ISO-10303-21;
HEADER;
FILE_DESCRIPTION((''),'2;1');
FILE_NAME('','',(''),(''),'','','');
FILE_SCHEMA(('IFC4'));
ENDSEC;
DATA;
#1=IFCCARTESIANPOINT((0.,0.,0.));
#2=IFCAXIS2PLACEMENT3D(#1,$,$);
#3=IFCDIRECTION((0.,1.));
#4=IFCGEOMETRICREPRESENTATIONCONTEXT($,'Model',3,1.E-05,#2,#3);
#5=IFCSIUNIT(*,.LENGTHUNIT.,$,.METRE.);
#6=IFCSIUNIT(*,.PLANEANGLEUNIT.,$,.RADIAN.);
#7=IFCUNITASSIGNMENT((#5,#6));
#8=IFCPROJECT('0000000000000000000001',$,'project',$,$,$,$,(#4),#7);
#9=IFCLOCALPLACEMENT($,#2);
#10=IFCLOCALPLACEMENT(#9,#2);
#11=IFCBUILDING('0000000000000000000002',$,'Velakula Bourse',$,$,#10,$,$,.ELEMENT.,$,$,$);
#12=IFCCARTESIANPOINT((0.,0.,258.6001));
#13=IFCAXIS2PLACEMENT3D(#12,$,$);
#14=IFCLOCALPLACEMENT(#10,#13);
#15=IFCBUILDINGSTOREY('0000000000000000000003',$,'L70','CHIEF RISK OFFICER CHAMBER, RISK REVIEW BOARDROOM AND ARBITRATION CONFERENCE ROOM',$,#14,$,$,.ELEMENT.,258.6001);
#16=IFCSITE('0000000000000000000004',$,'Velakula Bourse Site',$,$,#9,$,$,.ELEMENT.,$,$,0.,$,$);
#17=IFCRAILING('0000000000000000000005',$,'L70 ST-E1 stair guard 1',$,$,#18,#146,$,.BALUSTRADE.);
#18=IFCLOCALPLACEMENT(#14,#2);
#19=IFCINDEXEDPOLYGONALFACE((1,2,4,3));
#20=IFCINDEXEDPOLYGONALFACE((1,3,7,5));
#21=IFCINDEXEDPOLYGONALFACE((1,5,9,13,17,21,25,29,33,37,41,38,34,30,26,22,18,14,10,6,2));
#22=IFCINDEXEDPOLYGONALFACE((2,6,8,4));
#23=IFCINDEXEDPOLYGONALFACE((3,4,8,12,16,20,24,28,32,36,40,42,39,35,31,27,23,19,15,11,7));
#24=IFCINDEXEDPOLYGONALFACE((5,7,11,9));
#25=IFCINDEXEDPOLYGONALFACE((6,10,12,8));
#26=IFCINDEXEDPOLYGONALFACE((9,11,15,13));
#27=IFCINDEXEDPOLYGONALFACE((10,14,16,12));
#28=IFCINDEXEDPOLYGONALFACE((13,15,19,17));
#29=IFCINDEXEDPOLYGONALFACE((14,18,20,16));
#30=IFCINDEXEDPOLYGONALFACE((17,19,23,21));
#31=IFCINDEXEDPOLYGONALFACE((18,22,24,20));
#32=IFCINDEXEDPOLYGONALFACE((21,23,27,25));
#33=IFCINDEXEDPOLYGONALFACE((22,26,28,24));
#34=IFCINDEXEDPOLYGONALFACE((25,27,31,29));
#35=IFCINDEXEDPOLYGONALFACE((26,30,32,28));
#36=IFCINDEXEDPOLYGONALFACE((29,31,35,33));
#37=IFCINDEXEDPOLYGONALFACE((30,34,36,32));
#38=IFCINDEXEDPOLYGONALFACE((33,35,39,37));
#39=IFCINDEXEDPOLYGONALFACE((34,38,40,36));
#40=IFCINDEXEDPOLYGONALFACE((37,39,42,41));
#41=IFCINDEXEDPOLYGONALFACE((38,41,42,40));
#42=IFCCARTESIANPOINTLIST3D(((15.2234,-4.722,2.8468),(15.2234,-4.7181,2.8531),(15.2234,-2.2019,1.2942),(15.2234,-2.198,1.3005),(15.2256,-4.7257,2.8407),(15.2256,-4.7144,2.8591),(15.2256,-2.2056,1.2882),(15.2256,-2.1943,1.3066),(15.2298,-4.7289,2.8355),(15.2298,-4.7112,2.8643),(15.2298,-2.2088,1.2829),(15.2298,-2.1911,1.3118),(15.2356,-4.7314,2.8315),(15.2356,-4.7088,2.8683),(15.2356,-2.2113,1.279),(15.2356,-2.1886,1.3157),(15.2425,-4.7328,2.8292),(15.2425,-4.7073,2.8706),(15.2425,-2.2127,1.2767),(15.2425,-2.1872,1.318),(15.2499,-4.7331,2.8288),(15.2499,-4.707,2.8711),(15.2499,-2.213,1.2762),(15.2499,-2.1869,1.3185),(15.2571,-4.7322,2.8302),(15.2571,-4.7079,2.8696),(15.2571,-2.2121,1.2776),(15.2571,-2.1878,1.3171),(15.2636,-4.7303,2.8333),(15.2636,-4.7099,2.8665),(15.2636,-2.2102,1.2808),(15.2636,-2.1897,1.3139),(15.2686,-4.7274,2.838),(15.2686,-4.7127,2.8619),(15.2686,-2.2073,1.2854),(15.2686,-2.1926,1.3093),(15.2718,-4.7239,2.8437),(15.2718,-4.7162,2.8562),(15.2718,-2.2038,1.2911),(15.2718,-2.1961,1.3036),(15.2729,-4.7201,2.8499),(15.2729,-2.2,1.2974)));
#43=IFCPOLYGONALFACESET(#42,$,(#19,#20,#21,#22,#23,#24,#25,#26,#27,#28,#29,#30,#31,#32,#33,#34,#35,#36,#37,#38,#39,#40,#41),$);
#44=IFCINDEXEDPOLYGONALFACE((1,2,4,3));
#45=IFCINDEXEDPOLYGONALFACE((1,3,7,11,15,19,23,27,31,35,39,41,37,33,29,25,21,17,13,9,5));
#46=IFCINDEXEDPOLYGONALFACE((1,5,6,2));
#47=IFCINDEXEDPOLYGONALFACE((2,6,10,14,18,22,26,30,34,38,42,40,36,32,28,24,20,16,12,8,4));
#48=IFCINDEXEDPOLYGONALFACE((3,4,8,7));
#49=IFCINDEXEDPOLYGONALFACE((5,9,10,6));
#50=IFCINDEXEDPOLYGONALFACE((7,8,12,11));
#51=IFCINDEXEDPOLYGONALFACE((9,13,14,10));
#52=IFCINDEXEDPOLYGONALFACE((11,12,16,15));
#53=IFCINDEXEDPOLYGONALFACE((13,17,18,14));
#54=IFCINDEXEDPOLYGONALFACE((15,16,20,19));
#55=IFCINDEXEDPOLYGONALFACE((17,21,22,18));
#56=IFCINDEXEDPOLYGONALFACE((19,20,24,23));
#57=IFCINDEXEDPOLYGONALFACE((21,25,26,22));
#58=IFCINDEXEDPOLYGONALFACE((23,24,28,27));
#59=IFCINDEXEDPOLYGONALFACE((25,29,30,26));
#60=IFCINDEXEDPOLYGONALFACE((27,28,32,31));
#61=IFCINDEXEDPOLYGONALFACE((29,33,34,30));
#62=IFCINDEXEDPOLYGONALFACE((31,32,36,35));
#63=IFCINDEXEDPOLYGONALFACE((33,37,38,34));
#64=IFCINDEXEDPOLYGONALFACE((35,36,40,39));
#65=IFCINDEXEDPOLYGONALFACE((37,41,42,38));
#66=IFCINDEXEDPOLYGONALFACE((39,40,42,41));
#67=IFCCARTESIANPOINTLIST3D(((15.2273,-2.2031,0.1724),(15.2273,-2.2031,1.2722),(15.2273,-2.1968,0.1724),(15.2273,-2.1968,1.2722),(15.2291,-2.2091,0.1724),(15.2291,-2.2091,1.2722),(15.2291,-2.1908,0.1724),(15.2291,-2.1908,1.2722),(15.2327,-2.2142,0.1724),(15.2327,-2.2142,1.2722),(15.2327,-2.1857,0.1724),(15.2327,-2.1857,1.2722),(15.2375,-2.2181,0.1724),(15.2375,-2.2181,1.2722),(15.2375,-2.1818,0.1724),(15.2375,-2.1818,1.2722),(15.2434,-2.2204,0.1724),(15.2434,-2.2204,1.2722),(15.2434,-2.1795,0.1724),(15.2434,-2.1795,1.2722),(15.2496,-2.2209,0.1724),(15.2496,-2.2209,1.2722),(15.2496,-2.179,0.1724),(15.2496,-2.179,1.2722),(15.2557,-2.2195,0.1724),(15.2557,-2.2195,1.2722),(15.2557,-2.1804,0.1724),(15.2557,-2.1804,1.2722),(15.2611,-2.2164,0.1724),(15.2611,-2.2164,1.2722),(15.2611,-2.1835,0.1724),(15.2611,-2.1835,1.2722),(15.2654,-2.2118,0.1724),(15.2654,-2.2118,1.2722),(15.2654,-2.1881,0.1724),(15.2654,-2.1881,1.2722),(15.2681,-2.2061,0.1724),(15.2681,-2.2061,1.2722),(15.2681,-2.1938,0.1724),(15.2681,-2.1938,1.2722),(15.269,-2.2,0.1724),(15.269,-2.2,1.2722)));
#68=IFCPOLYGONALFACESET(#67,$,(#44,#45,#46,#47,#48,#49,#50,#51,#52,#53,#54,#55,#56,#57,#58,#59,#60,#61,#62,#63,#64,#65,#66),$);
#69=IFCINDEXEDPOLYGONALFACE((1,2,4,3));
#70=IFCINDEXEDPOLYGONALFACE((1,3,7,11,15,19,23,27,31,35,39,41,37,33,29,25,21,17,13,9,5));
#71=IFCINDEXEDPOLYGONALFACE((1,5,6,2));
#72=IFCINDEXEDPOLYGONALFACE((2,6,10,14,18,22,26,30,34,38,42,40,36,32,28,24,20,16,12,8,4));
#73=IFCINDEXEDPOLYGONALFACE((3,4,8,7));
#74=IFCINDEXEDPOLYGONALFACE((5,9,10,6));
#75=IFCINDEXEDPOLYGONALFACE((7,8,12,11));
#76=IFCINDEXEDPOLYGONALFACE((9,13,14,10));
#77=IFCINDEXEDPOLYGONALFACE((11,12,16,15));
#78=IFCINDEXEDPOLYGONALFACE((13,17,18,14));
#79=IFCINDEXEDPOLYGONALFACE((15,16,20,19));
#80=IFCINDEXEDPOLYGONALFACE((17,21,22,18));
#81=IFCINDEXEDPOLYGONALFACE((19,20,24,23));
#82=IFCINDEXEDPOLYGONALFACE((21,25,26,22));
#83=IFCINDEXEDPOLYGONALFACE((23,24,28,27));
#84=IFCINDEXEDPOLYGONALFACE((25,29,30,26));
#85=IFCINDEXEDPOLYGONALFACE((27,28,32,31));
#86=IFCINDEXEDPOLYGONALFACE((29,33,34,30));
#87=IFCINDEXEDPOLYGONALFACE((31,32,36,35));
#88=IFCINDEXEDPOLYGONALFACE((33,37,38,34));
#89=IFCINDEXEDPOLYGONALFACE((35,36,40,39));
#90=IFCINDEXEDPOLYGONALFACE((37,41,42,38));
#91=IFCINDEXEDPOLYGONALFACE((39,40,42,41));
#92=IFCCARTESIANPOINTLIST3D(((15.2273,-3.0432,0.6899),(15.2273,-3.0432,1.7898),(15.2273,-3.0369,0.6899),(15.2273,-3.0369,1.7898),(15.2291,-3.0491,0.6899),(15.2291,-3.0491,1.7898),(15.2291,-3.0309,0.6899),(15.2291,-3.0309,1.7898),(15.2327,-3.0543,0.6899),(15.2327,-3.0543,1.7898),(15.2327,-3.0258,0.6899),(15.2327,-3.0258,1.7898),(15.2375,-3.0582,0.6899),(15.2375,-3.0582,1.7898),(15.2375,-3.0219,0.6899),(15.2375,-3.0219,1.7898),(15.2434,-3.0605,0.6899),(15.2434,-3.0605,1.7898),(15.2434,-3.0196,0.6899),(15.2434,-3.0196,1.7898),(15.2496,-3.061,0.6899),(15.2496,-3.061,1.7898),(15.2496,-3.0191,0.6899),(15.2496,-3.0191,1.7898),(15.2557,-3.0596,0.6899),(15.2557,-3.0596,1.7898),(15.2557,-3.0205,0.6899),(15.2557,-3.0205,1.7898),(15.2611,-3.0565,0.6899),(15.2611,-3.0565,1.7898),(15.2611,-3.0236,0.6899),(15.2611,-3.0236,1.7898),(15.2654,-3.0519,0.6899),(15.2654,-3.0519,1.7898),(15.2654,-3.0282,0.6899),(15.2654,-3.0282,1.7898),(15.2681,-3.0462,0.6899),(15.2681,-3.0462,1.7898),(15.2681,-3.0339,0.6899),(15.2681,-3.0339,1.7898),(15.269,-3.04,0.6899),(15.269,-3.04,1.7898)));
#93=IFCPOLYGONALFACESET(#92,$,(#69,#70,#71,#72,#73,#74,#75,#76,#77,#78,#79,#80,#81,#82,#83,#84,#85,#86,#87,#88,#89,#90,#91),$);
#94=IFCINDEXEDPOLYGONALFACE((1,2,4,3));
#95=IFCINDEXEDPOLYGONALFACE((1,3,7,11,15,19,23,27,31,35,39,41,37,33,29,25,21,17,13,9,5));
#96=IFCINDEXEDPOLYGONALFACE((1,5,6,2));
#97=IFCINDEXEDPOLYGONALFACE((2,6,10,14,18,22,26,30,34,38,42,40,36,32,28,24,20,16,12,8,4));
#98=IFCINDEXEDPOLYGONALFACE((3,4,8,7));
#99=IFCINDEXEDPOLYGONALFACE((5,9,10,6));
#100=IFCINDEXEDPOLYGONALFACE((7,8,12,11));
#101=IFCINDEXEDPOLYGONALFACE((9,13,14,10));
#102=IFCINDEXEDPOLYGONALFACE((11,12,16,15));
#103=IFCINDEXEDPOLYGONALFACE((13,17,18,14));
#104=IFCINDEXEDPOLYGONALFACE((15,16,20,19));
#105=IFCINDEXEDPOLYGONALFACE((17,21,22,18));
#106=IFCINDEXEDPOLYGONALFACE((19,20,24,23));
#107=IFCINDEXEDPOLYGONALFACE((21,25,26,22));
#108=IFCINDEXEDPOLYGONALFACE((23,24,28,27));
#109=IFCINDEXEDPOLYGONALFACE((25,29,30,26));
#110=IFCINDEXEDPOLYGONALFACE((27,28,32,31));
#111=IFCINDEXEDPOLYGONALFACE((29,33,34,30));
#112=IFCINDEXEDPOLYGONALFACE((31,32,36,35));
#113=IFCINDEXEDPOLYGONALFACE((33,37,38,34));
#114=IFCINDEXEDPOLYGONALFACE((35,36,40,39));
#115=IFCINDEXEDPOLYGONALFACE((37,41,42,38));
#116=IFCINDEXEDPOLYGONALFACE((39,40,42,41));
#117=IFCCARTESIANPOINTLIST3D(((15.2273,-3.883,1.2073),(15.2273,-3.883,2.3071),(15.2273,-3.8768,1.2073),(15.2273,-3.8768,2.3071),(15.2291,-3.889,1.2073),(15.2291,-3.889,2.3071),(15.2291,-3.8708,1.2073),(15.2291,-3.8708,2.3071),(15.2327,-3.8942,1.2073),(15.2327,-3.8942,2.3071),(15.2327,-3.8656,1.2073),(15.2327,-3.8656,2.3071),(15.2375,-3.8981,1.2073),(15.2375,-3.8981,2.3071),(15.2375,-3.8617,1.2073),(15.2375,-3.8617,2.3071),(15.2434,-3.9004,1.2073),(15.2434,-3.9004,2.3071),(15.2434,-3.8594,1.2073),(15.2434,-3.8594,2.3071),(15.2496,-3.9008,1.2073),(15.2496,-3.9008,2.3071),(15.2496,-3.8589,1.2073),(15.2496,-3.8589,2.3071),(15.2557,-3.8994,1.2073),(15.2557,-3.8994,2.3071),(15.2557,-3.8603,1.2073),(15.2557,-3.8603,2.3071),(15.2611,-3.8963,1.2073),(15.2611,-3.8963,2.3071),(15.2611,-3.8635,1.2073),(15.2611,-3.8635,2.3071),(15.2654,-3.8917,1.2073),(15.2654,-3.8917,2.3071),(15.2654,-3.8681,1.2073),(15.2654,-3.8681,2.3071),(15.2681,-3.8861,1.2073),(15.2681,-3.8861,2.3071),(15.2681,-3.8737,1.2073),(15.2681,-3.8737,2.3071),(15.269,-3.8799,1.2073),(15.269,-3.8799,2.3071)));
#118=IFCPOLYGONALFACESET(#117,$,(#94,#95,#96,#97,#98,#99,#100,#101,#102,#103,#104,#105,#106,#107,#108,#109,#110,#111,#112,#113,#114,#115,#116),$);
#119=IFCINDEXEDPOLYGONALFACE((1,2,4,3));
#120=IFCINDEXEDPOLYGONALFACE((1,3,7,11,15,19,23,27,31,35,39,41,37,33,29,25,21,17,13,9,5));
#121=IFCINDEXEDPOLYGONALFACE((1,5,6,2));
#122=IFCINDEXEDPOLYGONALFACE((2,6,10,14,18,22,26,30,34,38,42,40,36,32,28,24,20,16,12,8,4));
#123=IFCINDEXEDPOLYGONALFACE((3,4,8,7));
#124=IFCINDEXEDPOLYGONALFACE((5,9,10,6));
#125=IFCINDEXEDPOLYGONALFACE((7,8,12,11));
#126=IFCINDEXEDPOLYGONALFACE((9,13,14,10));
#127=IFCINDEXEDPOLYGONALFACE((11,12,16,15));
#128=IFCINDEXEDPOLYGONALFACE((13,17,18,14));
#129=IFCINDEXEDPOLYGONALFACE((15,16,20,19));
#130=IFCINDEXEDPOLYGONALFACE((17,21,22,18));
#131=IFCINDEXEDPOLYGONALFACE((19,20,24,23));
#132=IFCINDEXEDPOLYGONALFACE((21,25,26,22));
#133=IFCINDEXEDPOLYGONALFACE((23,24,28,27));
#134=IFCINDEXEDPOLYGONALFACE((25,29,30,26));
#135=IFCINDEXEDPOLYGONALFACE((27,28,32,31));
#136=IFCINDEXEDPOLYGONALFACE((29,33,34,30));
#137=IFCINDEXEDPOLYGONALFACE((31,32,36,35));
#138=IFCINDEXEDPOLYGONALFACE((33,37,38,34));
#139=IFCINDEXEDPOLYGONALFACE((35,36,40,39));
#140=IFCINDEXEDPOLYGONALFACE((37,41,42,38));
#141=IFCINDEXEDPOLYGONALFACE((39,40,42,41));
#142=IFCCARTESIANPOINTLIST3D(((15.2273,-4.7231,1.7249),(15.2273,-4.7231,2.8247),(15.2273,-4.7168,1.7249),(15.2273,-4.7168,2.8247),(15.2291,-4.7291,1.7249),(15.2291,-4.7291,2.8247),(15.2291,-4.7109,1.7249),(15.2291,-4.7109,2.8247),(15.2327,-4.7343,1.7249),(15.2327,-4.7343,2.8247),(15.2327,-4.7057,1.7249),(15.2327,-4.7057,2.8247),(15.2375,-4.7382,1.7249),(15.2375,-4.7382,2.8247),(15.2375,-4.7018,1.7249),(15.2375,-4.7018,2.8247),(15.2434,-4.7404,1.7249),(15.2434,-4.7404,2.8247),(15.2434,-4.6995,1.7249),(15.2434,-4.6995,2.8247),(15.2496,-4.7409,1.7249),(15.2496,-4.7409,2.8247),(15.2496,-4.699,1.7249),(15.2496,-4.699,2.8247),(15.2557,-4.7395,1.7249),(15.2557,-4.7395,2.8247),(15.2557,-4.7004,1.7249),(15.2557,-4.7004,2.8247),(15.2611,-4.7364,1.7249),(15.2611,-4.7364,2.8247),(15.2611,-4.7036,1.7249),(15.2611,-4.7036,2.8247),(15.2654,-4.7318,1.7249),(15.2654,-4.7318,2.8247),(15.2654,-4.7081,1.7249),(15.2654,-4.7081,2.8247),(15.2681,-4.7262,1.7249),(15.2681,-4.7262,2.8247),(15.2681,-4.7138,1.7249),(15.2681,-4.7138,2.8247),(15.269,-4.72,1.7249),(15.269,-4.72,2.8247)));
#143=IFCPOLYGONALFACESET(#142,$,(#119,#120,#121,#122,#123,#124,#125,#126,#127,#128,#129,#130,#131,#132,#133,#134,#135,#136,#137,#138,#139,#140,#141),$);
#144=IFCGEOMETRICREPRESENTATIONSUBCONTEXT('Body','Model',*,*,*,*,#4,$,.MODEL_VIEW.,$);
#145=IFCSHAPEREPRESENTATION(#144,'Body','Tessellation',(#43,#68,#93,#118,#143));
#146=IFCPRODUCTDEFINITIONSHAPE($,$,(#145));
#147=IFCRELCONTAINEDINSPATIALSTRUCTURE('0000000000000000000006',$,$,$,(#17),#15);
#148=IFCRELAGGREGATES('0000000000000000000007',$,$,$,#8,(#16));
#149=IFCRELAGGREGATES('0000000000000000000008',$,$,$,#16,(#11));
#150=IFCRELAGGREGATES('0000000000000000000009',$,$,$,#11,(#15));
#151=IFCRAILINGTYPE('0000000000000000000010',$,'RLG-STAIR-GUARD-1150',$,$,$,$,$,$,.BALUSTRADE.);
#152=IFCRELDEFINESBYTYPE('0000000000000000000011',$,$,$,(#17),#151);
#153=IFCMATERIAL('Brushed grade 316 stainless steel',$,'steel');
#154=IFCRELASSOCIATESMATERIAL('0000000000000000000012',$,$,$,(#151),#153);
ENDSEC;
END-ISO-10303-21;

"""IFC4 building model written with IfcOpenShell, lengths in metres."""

from ifc_helpers import new_model, si_unit, direction, frame, origin, origin_2d, place, context, subcontext, project, spatial, circle, extrude, material, type_object, element, save


model = new_model("IFC4")

# Units and contexts
model_context = context("Model", 3, precision=1e-05, world=origin(), true_north=direction((0.0, 1.0)))
body_context = subcontext(model_context, "Body", "Model", "MODEL_VIEW")
ifc_project = project(units=[si_unit("LENGTHUNIT", "METRE"), si_unit("PLANEANGLEUNIT", "RADIAN")], contexts=[model_context])

# Site, building, storey
site_placement = place(None, origin())
site = spatial("IfcSite", under=ifc_project, at=site_placement, Name="Velakula Bourse Site", CompositionType="ELEMENT", RefElevation=0.0)
building_placement = place(site_placement, origin())
building = spatial("IfcBuilding", under=site, at=building_placement, Name="Velakula Bourse", CompositionType="ELEMENT")
storey_placement = place(building_placement, frame((0.0, 0.0, 258.6001)))
storey = spatial("IfcBuildingStorey", under=building, at=storey_placement, Name="L70", Description="CHIEF RISK OFFICER CHAMBER, RISK REVIEW BOARDROOM AND ARBITRATION CONFERENCE ROOM", CompositionType="ELEMENT", Elevation=258.6001)

# Shared definitions
ifc_material_1 = material(Name="Brushed grade 316 stainless steel", Category="steel")

# Railing
railing_type_1 = type_object("IfcRailingType", Name="RLG-STAIR-GUARD-1150", PredefinedType="BALUSTRADE", material=ifc_material_1)
railing_1_placement = place(storey_placement, frame((15.248, -2.2, 0.1724)))
element("IfcRailing", 1, at=railing_1_placement, inside=storey, type_object=railing_type_1, Name="L70 ST-E1 stair guard 1", PredefinedType="BALUSTRADE", context=body_context, shape_type="SweptSolid", body=[
    extrude(circle(Radius=0.0249, at=origin_2d()), frame((0.0, 0.0, 1.125), z_axis=(0.0, -0.8514, 0.524516), x_axis=(1.0, 0.0, 0.0)), (0.0, 0.0, 1.0), 2.96),
    extrude(circle(Radius=0.021, at=origin_2d()), origin(), (0.0, 0.0, 1.0), 1.0999),
    extrude(circle(Radius=0.021, at=origin_2d()), frame((0.0, -0.8401, 0.5176)), (0.0, 0.0, 1.0), 1.0999),
    extrude(circle(Radius=0.021, at=origin_2d()), frame((0.0, -1.6799, 1.0349)), (0.0, 0.0, 1.0), 1.0999),
    extrude(circle(Radius=0.021, at=origin_2d()), frame((0.0, -2.52, 1.5525)), (0.0, 0.0, 1.0), 1.0999),
])

save(model, "model.ifc")
